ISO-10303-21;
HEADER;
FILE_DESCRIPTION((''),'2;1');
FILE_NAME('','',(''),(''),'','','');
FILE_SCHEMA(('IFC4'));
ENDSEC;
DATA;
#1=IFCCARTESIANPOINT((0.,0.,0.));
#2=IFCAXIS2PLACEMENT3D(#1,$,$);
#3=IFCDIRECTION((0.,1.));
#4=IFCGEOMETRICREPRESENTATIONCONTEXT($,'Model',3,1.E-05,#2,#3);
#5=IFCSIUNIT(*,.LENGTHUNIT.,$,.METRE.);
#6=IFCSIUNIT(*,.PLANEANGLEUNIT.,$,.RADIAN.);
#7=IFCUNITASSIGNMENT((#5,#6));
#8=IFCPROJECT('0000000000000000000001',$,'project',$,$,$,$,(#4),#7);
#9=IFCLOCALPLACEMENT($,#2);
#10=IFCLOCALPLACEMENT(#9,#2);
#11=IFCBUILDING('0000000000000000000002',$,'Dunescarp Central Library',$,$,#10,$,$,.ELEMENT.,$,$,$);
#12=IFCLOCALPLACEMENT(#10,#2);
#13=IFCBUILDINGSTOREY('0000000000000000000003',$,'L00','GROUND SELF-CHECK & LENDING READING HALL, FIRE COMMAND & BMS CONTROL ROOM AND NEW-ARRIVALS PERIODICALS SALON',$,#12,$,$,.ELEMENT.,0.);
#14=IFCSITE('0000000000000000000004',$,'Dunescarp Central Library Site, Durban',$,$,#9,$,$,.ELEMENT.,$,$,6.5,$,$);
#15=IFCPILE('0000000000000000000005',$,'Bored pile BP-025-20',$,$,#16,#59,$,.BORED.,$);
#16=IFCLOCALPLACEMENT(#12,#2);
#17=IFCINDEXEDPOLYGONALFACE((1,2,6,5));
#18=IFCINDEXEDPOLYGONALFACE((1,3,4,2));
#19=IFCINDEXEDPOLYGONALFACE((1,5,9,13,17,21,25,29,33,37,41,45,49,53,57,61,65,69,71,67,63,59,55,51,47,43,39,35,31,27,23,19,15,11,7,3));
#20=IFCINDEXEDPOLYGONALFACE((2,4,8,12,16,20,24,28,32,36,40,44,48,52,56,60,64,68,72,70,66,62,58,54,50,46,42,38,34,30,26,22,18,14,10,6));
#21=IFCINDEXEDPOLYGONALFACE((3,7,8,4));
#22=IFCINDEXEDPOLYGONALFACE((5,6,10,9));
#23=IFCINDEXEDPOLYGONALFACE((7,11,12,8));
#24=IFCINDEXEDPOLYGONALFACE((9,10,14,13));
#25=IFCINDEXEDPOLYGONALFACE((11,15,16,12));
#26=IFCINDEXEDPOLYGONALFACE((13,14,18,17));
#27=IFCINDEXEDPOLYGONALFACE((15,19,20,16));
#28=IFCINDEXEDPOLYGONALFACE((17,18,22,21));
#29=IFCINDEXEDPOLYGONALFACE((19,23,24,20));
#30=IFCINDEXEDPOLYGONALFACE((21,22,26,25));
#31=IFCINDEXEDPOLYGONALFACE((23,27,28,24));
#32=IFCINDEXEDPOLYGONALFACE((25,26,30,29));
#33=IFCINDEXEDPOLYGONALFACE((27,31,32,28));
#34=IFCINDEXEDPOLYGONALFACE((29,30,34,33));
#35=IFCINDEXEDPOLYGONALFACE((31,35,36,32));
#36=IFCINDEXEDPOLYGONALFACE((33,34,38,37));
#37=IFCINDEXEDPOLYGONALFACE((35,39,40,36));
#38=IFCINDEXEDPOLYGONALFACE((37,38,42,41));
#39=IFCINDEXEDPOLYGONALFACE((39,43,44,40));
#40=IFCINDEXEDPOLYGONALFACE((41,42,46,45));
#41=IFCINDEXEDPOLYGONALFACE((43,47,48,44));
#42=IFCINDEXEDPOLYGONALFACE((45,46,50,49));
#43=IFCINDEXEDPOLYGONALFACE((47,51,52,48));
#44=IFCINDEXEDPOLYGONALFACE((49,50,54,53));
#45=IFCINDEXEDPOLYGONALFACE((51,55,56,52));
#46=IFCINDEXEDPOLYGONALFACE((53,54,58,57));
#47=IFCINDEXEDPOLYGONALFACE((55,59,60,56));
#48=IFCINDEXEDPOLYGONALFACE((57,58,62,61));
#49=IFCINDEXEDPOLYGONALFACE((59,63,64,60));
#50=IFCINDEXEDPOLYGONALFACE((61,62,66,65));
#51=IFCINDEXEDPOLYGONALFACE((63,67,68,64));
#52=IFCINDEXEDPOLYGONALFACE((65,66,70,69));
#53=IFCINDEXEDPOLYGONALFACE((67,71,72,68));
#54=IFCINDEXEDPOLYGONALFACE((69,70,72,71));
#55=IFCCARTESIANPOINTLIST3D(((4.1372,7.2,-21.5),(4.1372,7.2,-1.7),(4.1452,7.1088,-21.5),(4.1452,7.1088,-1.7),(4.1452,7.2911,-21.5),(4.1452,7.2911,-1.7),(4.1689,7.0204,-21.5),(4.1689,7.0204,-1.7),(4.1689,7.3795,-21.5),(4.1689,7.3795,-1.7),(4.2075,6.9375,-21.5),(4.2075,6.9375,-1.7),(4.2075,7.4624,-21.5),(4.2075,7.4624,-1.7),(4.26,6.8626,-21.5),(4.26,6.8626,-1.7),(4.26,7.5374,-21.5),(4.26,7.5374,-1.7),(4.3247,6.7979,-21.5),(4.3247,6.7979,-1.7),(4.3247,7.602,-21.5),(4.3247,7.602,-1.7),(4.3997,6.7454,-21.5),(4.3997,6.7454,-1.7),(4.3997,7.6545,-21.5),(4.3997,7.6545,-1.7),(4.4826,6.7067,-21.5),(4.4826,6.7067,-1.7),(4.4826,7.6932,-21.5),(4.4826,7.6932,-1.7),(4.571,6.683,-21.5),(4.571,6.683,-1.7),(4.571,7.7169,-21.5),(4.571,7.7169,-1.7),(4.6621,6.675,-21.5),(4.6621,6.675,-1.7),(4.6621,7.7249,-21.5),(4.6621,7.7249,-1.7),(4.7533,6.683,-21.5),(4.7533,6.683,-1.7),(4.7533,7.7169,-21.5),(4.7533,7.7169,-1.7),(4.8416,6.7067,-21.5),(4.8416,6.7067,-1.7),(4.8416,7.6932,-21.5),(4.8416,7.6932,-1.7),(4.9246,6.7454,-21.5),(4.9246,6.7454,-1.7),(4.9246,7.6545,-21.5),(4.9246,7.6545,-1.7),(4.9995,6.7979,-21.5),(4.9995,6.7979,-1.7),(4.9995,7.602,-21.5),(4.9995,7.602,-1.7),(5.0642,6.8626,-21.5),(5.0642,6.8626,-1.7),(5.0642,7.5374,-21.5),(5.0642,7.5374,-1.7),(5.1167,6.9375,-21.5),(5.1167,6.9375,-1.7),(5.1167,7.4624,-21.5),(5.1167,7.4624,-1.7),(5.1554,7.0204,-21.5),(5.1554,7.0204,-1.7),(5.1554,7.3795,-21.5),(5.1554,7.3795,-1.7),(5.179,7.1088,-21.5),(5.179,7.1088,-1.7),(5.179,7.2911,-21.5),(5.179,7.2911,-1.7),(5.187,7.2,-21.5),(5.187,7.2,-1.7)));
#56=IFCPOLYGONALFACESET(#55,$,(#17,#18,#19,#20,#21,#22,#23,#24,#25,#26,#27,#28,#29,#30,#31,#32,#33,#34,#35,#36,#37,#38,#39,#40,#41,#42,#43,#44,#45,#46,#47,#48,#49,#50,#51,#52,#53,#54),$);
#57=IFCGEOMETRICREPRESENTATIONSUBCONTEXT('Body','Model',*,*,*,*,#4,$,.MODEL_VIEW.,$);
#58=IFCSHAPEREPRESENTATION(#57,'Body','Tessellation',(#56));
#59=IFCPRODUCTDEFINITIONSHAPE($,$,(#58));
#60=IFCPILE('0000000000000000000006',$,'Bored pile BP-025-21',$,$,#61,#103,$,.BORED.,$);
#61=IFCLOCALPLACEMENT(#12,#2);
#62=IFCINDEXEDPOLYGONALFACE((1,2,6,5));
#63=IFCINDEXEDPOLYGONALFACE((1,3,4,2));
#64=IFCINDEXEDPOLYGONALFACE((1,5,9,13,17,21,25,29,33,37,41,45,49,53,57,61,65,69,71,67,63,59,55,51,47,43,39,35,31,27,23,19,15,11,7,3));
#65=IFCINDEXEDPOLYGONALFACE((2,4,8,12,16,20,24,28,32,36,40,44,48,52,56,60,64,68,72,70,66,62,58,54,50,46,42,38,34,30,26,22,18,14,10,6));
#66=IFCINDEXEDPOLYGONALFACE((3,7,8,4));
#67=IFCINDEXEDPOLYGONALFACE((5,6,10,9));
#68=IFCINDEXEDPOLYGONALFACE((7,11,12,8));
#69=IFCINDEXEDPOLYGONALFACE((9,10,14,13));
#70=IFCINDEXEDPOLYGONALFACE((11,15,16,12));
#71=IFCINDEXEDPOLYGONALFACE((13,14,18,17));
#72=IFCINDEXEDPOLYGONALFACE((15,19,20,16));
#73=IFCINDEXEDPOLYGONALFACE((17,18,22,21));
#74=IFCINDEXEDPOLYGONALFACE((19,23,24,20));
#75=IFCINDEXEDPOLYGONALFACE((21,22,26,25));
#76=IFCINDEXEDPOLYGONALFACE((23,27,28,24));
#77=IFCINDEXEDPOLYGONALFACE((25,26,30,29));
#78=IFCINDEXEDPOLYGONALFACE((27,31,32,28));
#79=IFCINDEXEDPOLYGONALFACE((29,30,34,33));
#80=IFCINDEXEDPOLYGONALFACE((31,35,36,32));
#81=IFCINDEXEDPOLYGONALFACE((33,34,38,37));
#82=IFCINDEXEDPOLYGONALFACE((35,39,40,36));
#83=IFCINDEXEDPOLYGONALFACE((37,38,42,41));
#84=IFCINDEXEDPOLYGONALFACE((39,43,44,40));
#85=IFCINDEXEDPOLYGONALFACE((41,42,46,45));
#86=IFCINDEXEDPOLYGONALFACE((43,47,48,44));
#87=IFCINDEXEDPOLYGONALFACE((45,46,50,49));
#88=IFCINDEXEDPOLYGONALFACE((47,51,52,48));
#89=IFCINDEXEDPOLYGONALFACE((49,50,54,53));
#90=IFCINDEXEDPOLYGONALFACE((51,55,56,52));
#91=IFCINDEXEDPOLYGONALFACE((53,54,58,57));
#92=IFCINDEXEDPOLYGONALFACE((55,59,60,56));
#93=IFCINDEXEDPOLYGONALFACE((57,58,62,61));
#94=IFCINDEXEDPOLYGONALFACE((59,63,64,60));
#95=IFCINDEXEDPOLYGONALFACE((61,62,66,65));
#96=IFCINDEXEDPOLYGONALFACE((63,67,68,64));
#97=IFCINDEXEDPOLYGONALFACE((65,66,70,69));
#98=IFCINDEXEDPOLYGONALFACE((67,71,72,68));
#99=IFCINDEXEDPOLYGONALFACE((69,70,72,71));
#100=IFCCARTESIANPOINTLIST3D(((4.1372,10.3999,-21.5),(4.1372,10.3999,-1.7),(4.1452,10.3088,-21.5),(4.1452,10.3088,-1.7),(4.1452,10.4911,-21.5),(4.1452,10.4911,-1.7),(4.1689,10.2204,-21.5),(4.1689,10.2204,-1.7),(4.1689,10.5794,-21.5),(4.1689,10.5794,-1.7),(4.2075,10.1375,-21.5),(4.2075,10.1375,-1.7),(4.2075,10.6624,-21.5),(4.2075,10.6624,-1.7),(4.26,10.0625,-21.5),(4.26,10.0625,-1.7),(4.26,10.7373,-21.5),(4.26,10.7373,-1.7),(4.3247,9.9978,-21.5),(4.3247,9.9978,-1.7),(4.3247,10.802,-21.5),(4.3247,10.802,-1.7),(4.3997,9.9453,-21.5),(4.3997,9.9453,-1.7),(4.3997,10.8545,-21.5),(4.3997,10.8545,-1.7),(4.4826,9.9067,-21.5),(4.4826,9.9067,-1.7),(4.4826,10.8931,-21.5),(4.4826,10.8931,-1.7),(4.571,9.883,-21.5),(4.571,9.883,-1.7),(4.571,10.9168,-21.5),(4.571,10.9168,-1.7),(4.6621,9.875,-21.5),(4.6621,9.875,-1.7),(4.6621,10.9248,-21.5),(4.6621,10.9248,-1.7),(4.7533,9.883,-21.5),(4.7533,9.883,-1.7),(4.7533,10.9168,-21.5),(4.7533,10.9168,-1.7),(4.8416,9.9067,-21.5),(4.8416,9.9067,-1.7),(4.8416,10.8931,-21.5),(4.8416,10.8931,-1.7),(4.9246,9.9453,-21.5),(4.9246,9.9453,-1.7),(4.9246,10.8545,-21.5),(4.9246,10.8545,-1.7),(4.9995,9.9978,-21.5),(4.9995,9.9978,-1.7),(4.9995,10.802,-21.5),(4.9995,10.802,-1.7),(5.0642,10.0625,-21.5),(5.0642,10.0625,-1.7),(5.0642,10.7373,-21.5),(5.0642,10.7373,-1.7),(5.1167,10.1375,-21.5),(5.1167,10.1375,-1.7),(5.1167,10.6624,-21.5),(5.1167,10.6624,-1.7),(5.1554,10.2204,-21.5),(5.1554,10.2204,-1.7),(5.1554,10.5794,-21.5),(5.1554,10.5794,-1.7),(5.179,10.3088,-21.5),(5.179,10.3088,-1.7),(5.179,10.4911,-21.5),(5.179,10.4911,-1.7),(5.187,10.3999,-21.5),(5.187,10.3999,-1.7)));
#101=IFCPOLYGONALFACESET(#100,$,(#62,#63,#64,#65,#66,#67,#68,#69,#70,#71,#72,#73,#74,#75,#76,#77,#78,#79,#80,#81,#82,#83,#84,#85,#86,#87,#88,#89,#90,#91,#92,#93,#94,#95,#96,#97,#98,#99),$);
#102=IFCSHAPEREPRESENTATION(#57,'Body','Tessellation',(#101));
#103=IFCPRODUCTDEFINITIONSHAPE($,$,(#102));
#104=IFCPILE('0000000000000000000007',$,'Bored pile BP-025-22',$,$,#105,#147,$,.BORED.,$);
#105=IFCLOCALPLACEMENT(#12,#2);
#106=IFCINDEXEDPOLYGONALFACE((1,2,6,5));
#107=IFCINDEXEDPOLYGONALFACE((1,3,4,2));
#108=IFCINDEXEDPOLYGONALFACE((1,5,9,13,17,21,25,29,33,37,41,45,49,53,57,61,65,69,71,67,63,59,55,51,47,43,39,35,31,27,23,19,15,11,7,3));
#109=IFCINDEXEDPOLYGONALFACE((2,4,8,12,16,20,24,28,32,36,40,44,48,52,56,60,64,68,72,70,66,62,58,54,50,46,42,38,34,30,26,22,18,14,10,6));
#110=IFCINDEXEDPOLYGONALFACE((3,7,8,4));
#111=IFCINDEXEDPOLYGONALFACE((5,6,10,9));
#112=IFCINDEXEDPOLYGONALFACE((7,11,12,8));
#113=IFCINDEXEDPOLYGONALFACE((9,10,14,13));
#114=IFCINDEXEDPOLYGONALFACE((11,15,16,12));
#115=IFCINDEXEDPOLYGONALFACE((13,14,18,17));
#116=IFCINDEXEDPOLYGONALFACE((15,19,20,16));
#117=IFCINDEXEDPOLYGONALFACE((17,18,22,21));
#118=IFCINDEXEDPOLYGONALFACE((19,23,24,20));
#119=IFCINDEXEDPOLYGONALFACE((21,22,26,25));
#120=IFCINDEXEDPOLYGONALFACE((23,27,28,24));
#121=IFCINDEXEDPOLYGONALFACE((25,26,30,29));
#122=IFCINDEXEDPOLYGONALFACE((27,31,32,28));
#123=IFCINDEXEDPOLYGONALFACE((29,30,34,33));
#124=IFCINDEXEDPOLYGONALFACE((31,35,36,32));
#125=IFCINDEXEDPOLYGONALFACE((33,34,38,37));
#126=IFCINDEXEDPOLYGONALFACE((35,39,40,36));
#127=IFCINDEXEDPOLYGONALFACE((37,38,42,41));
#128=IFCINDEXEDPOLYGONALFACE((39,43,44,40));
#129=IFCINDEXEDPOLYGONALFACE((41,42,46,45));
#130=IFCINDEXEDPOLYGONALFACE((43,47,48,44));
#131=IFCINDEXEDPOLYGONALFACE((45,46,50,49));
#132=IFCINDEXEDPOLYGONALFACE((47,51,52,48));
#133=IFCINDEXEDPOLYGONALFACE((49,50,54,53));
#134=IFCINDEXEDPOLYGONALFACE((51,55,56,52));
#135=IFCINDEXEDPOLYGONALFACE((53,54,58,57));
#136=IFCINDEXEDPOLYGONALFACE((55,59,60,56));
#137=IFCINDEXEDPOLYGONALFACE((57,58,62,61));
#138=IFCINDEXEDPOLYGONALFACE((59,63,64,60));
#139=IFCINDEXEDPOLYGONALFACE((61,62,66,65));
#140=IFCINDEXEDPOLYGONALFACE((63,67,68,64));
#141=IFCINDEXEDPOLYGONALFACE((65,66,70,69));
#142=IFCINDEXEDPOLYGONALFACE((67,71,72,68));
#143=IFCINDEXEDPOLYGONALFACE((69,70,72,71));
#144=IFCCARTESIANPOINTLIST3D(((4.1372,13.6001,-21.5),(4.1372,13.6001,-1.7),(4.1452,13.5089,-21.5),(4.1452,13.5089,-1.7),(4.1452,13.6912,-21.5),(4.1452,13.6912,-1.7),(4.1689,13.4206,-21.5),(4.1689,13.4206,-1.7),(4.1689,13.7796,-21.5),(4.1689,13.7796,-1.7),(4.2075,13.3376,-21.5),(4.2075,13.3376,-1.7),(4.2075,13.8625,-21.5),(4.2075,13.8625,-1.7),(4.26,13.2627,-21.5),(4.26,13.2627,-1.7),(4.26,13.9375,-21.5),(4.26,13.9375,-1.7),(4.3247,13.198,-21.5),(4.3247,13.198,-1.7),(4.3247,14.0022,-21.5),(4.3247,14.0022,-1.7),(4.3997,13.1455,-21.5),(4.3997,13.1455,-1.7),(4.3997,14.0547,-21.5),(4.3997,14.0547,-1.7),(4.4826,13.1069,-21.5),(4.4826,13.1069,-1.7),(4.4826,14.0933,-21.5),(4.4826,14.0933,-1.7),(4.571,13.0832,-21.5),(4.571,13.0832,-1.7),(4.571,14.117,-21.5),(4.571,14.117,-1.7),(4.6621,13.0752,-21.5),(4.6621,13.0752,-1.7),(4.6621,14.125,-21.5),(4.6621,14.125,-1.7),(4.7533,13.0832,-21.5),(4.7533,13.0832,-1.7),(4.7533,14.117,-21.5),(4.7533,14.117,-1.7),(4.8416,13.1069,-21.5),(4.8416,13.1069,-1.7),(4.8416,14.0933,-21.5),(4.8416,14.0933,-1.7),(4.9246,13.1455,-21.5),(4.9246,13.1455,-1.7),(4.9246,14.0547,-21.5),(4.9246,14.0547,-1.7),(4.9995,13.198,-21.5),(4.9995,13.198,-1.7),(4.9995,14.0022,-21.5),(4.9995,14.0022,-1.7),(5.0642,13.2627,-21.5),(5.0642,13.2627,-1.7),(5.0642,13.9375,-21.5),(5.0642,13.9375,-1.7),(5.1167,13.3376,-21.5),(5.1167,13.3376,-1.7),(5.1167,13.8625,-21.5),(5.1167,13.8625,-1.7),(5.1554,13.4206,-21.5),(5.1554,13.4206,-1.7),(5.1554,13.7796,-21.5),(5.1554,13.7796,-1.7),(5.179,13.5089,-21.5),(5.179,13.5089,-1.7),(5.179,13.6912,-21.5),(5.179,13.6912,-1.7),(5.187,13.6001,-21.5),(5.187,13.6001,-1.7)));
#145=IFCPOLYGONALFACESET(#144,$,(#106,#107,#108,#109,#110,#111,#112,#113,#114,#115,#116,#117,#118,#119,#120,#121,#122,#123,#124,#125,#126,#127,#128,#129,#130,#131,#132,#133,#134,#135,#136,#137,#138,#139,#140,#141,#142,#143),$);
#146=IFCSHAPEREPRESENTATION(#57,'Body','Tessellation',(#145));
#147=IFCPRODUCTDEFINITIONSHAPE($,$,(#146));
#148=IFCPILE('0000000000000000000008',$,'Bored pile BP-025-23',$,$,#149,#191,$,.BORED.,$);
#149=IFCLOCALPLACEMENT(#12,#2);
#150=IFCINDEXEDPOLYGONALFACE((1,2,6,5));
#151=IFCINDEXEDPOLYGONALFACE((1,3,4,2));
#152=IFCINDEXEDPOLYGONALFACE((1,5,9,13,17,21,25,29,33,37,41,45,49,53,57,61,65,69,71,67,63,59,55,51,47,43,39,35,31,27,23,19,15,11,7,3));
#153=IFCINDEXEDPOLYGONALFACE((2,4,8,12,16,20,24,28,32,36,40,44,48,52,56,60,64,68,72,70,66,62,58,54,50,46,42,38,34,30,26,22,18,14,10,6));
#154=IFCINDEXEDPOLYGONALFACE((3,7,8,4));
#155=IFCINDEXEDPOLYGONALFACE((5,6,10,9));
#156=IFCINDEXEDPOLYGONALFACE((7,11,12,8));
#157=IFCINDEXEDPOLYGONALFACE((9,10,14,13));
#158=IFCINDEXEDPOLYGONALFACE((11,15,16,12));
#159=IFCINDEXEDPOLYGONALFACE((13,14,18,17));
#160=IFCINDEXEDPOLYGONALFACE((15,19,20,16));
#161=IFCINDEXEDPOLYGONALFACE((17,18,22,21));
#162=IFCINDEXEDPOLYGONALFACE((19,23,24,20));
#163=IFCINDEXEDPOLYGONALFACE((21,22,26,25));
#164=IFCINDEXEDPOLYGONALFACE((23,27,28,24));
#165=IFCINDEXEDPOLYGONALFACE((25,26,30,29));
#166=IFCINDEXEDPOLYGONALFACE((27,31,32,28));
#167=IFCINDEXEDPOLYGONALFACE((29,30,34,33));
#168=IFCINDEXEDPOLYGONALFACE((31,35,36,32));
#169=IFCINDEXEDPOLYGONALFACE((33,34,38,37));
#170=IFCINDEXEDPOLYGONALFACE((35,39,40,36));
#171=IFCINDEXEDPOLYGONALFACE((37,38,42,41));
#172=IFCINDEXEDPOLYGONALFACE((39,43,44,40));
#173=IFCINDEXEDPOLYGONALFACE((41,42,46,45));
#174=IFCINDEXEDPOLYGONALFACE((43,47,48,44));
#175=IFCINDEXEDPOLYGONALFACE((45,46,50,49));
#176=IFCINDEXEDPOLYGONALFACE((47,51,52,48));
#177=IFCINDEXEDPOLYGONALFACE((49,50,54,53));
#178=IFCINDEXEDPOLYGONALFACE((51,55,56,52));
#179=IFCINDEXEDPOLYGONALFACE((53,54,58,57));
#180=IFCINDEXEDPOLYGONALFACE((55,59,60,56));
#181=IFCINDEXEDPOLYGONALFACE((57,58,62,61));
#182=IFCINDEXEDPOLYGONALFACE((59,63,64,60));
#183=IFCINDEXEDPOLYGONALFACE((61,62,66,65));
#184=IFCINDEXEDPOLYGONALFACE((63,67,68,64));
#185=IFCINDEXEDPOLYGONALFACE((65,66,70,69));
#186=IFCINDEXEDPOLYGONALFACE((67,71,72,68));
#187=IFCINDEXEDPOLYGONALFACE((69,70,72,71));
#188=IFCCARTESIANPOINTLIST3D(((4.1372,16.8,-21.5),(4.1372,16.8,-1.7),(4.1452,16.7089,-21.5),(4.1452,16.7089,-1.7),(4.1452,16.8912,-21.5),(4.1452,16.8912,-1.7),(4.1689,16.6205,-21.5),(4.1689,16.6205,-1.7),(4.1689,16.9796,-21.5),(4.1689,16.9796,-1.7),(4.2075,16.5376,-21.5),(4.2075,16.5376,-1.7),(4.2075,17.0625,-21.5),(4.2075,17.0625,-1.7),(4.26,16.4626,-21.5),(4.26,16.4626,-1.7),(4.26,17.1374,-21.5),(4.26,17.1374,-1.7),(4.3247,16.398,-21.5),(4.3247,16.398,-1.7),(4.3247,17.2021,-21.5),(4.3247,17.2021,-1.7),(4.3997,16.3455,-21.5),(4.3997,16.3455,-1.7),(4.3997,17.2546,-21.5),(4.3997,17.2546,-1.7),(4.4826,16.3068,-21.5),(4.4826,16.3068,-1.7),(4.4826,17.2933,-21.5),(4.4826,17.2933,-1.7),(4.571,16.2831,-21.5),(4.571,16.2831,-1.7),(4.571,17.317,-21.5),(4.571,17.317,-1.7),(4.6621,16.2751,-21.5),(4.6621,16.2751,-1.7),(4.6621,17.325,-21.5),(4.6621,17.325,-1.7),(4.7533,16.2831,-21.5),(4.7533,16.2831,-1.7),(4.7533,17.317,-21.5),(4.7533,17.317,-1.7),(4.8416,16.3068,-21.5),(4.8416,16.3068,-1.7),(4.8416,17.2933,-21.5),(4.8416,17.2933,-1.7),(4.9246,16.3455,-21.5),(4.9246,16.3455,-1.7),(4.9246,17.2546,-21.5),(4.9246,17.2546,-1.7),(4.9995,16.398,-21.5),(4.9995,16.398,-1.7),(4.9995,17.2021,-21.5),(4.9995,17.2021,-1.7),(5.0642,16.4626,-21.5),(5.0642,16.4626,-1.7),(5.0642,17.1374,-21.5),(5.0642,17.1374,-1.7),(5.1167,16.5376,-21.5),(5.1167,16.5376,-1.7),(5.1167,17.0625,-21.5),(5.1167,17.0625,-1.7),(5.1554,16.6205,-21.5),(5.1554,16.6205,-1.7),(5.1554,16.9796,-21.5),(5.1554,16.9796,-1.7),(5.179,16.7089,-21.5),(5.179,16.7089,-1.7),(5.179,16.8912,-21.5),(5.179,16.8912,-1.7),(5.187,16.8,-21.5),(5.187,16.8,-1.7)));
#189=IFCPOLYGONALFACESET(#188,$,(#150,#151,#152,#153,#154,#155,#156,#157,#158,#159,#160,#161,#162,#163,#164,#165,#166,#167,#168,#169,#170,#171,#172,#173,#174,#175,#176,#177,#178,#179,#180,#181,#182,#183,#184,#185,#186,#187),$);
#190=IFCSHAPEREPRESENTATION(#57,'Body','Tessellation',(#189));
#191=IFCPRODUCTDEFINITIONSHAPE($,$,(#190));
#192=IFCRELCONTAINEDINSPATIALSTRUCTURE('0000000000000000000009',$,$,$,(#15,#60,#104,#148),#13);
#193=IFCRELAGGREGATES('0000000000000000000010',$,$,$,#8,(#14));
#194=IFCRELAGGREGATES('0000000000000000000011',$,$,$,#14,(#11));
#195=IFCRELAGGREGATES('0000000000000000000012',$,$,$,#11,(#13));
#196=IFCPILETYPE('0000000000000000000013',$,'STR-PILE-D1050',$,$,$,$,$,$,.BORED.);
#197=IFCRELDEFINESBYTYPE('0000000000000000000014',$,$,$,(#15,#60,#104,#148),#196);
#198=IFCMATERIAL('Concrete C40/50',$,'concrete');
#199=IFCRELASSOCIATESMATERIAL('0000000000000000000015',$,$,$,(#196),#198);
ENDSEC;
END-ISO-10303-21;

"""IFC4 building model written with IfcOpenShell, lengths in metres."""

from ifc_helpers import new_model, si_unit, direction, frame, origin, origin_2d, place, context, subcontext, project, spatial, circle, extrude, material, material_profile, profile_set, type_object, element, save


model = new_model("IFC4")

# Units and contexts
model_context = context("Model", 3, precision=1e-05, world=origin(), true_north=direction((0.0, 1.0)))
body_context = subcontext(model_context, "Body", "Model", "MODEL_VIEW")
ifc_project = project(units=[si_unit("LENGTHUNIT", "METRE"), si_unit("PLANEANGLEUNIT", "RADIAN")], contexts=[model_context])

# Site, building, storey
site_placement = place(None, origin())
site = spatial("IfcSite", under=ifc_project, at=site_placement, Name="Dunescarp Central Library Site, Durban", CompositionType="ELEMENT", RefElevation=6.5)
building_placement = place(site_placement, origin())
building = spatial("IfcBuilding", under=site, at=building_placement, Name="Dunescarp Central Library", CompositionType="ELEMENT")
storey_placement = place(building_placement, origin())
storey = spatial("IfcBuildingStorey", under=building, at=storey_placement, Name="L00", Description="GROUND SELF-CHECK & LENDING READING HALL, FIRE COMMAND & BMS CONTROL ROOM AND NEW-ARRIVALS PERIODICALS SALON", CompositionType="ELEMENT", Elevation=0.0)

# Piles
ifc_material_1 = material(Name="Concrete C40/50", Category="concrete")
ifc_material_profile_1 = material_profile(ifc_material_1, circle(Radius=0.5249, at=origin_2d()), Name="PILE D1050")
ifc_profile_set_1 = profile_set([ifc_material_profile_1], Name="Concrete C40/50")
pile_type = type_object("IfcPileType", Name="STR-PILE-D1050", PredefinedType="BORED", material=ifc_profile_set_1)
for number, where, z_axis, x_axis, name in (
    (1, (4.6621, 7.2, -1.7), (0.0, 0.0, -1.0), (1.0, 0.0, 0.0), "Bored pile BP-025-20"),
    (2, (4.6621, 10.3999, -1.7), (0.0, 0.0, -1.0), (1.0, 0.0, 0.0), "Bored pile BP-025-21"),
    (3, (4.6621, 13.6001, -1.7), (0.0, 0.0, -1.0), (1.0, 0.0, 0.0), "Bored pile BP-025-22"),
    (4, (4.6621, 16.8, -1.7), (0.0, 0.0, -1.0), (1.0, 0.0, 0.0), "Bored pile BP-025-23"),
):
    element("IfcPile", number, at=place(storey_placement, frame(where, z_axis=z_axis, x_axis=x_axis)), inside=storey, type_object=pile_type, Name=name, PredefinedType="BORED", context=body_context, shape_type="SweptSolid", body=[
        extrude(circle(Radius=0.5249, at=origin_2d()), origin(), (0.0, 0.0, 1.0), 19.8),
    ])

save(model, "model.ifc")
